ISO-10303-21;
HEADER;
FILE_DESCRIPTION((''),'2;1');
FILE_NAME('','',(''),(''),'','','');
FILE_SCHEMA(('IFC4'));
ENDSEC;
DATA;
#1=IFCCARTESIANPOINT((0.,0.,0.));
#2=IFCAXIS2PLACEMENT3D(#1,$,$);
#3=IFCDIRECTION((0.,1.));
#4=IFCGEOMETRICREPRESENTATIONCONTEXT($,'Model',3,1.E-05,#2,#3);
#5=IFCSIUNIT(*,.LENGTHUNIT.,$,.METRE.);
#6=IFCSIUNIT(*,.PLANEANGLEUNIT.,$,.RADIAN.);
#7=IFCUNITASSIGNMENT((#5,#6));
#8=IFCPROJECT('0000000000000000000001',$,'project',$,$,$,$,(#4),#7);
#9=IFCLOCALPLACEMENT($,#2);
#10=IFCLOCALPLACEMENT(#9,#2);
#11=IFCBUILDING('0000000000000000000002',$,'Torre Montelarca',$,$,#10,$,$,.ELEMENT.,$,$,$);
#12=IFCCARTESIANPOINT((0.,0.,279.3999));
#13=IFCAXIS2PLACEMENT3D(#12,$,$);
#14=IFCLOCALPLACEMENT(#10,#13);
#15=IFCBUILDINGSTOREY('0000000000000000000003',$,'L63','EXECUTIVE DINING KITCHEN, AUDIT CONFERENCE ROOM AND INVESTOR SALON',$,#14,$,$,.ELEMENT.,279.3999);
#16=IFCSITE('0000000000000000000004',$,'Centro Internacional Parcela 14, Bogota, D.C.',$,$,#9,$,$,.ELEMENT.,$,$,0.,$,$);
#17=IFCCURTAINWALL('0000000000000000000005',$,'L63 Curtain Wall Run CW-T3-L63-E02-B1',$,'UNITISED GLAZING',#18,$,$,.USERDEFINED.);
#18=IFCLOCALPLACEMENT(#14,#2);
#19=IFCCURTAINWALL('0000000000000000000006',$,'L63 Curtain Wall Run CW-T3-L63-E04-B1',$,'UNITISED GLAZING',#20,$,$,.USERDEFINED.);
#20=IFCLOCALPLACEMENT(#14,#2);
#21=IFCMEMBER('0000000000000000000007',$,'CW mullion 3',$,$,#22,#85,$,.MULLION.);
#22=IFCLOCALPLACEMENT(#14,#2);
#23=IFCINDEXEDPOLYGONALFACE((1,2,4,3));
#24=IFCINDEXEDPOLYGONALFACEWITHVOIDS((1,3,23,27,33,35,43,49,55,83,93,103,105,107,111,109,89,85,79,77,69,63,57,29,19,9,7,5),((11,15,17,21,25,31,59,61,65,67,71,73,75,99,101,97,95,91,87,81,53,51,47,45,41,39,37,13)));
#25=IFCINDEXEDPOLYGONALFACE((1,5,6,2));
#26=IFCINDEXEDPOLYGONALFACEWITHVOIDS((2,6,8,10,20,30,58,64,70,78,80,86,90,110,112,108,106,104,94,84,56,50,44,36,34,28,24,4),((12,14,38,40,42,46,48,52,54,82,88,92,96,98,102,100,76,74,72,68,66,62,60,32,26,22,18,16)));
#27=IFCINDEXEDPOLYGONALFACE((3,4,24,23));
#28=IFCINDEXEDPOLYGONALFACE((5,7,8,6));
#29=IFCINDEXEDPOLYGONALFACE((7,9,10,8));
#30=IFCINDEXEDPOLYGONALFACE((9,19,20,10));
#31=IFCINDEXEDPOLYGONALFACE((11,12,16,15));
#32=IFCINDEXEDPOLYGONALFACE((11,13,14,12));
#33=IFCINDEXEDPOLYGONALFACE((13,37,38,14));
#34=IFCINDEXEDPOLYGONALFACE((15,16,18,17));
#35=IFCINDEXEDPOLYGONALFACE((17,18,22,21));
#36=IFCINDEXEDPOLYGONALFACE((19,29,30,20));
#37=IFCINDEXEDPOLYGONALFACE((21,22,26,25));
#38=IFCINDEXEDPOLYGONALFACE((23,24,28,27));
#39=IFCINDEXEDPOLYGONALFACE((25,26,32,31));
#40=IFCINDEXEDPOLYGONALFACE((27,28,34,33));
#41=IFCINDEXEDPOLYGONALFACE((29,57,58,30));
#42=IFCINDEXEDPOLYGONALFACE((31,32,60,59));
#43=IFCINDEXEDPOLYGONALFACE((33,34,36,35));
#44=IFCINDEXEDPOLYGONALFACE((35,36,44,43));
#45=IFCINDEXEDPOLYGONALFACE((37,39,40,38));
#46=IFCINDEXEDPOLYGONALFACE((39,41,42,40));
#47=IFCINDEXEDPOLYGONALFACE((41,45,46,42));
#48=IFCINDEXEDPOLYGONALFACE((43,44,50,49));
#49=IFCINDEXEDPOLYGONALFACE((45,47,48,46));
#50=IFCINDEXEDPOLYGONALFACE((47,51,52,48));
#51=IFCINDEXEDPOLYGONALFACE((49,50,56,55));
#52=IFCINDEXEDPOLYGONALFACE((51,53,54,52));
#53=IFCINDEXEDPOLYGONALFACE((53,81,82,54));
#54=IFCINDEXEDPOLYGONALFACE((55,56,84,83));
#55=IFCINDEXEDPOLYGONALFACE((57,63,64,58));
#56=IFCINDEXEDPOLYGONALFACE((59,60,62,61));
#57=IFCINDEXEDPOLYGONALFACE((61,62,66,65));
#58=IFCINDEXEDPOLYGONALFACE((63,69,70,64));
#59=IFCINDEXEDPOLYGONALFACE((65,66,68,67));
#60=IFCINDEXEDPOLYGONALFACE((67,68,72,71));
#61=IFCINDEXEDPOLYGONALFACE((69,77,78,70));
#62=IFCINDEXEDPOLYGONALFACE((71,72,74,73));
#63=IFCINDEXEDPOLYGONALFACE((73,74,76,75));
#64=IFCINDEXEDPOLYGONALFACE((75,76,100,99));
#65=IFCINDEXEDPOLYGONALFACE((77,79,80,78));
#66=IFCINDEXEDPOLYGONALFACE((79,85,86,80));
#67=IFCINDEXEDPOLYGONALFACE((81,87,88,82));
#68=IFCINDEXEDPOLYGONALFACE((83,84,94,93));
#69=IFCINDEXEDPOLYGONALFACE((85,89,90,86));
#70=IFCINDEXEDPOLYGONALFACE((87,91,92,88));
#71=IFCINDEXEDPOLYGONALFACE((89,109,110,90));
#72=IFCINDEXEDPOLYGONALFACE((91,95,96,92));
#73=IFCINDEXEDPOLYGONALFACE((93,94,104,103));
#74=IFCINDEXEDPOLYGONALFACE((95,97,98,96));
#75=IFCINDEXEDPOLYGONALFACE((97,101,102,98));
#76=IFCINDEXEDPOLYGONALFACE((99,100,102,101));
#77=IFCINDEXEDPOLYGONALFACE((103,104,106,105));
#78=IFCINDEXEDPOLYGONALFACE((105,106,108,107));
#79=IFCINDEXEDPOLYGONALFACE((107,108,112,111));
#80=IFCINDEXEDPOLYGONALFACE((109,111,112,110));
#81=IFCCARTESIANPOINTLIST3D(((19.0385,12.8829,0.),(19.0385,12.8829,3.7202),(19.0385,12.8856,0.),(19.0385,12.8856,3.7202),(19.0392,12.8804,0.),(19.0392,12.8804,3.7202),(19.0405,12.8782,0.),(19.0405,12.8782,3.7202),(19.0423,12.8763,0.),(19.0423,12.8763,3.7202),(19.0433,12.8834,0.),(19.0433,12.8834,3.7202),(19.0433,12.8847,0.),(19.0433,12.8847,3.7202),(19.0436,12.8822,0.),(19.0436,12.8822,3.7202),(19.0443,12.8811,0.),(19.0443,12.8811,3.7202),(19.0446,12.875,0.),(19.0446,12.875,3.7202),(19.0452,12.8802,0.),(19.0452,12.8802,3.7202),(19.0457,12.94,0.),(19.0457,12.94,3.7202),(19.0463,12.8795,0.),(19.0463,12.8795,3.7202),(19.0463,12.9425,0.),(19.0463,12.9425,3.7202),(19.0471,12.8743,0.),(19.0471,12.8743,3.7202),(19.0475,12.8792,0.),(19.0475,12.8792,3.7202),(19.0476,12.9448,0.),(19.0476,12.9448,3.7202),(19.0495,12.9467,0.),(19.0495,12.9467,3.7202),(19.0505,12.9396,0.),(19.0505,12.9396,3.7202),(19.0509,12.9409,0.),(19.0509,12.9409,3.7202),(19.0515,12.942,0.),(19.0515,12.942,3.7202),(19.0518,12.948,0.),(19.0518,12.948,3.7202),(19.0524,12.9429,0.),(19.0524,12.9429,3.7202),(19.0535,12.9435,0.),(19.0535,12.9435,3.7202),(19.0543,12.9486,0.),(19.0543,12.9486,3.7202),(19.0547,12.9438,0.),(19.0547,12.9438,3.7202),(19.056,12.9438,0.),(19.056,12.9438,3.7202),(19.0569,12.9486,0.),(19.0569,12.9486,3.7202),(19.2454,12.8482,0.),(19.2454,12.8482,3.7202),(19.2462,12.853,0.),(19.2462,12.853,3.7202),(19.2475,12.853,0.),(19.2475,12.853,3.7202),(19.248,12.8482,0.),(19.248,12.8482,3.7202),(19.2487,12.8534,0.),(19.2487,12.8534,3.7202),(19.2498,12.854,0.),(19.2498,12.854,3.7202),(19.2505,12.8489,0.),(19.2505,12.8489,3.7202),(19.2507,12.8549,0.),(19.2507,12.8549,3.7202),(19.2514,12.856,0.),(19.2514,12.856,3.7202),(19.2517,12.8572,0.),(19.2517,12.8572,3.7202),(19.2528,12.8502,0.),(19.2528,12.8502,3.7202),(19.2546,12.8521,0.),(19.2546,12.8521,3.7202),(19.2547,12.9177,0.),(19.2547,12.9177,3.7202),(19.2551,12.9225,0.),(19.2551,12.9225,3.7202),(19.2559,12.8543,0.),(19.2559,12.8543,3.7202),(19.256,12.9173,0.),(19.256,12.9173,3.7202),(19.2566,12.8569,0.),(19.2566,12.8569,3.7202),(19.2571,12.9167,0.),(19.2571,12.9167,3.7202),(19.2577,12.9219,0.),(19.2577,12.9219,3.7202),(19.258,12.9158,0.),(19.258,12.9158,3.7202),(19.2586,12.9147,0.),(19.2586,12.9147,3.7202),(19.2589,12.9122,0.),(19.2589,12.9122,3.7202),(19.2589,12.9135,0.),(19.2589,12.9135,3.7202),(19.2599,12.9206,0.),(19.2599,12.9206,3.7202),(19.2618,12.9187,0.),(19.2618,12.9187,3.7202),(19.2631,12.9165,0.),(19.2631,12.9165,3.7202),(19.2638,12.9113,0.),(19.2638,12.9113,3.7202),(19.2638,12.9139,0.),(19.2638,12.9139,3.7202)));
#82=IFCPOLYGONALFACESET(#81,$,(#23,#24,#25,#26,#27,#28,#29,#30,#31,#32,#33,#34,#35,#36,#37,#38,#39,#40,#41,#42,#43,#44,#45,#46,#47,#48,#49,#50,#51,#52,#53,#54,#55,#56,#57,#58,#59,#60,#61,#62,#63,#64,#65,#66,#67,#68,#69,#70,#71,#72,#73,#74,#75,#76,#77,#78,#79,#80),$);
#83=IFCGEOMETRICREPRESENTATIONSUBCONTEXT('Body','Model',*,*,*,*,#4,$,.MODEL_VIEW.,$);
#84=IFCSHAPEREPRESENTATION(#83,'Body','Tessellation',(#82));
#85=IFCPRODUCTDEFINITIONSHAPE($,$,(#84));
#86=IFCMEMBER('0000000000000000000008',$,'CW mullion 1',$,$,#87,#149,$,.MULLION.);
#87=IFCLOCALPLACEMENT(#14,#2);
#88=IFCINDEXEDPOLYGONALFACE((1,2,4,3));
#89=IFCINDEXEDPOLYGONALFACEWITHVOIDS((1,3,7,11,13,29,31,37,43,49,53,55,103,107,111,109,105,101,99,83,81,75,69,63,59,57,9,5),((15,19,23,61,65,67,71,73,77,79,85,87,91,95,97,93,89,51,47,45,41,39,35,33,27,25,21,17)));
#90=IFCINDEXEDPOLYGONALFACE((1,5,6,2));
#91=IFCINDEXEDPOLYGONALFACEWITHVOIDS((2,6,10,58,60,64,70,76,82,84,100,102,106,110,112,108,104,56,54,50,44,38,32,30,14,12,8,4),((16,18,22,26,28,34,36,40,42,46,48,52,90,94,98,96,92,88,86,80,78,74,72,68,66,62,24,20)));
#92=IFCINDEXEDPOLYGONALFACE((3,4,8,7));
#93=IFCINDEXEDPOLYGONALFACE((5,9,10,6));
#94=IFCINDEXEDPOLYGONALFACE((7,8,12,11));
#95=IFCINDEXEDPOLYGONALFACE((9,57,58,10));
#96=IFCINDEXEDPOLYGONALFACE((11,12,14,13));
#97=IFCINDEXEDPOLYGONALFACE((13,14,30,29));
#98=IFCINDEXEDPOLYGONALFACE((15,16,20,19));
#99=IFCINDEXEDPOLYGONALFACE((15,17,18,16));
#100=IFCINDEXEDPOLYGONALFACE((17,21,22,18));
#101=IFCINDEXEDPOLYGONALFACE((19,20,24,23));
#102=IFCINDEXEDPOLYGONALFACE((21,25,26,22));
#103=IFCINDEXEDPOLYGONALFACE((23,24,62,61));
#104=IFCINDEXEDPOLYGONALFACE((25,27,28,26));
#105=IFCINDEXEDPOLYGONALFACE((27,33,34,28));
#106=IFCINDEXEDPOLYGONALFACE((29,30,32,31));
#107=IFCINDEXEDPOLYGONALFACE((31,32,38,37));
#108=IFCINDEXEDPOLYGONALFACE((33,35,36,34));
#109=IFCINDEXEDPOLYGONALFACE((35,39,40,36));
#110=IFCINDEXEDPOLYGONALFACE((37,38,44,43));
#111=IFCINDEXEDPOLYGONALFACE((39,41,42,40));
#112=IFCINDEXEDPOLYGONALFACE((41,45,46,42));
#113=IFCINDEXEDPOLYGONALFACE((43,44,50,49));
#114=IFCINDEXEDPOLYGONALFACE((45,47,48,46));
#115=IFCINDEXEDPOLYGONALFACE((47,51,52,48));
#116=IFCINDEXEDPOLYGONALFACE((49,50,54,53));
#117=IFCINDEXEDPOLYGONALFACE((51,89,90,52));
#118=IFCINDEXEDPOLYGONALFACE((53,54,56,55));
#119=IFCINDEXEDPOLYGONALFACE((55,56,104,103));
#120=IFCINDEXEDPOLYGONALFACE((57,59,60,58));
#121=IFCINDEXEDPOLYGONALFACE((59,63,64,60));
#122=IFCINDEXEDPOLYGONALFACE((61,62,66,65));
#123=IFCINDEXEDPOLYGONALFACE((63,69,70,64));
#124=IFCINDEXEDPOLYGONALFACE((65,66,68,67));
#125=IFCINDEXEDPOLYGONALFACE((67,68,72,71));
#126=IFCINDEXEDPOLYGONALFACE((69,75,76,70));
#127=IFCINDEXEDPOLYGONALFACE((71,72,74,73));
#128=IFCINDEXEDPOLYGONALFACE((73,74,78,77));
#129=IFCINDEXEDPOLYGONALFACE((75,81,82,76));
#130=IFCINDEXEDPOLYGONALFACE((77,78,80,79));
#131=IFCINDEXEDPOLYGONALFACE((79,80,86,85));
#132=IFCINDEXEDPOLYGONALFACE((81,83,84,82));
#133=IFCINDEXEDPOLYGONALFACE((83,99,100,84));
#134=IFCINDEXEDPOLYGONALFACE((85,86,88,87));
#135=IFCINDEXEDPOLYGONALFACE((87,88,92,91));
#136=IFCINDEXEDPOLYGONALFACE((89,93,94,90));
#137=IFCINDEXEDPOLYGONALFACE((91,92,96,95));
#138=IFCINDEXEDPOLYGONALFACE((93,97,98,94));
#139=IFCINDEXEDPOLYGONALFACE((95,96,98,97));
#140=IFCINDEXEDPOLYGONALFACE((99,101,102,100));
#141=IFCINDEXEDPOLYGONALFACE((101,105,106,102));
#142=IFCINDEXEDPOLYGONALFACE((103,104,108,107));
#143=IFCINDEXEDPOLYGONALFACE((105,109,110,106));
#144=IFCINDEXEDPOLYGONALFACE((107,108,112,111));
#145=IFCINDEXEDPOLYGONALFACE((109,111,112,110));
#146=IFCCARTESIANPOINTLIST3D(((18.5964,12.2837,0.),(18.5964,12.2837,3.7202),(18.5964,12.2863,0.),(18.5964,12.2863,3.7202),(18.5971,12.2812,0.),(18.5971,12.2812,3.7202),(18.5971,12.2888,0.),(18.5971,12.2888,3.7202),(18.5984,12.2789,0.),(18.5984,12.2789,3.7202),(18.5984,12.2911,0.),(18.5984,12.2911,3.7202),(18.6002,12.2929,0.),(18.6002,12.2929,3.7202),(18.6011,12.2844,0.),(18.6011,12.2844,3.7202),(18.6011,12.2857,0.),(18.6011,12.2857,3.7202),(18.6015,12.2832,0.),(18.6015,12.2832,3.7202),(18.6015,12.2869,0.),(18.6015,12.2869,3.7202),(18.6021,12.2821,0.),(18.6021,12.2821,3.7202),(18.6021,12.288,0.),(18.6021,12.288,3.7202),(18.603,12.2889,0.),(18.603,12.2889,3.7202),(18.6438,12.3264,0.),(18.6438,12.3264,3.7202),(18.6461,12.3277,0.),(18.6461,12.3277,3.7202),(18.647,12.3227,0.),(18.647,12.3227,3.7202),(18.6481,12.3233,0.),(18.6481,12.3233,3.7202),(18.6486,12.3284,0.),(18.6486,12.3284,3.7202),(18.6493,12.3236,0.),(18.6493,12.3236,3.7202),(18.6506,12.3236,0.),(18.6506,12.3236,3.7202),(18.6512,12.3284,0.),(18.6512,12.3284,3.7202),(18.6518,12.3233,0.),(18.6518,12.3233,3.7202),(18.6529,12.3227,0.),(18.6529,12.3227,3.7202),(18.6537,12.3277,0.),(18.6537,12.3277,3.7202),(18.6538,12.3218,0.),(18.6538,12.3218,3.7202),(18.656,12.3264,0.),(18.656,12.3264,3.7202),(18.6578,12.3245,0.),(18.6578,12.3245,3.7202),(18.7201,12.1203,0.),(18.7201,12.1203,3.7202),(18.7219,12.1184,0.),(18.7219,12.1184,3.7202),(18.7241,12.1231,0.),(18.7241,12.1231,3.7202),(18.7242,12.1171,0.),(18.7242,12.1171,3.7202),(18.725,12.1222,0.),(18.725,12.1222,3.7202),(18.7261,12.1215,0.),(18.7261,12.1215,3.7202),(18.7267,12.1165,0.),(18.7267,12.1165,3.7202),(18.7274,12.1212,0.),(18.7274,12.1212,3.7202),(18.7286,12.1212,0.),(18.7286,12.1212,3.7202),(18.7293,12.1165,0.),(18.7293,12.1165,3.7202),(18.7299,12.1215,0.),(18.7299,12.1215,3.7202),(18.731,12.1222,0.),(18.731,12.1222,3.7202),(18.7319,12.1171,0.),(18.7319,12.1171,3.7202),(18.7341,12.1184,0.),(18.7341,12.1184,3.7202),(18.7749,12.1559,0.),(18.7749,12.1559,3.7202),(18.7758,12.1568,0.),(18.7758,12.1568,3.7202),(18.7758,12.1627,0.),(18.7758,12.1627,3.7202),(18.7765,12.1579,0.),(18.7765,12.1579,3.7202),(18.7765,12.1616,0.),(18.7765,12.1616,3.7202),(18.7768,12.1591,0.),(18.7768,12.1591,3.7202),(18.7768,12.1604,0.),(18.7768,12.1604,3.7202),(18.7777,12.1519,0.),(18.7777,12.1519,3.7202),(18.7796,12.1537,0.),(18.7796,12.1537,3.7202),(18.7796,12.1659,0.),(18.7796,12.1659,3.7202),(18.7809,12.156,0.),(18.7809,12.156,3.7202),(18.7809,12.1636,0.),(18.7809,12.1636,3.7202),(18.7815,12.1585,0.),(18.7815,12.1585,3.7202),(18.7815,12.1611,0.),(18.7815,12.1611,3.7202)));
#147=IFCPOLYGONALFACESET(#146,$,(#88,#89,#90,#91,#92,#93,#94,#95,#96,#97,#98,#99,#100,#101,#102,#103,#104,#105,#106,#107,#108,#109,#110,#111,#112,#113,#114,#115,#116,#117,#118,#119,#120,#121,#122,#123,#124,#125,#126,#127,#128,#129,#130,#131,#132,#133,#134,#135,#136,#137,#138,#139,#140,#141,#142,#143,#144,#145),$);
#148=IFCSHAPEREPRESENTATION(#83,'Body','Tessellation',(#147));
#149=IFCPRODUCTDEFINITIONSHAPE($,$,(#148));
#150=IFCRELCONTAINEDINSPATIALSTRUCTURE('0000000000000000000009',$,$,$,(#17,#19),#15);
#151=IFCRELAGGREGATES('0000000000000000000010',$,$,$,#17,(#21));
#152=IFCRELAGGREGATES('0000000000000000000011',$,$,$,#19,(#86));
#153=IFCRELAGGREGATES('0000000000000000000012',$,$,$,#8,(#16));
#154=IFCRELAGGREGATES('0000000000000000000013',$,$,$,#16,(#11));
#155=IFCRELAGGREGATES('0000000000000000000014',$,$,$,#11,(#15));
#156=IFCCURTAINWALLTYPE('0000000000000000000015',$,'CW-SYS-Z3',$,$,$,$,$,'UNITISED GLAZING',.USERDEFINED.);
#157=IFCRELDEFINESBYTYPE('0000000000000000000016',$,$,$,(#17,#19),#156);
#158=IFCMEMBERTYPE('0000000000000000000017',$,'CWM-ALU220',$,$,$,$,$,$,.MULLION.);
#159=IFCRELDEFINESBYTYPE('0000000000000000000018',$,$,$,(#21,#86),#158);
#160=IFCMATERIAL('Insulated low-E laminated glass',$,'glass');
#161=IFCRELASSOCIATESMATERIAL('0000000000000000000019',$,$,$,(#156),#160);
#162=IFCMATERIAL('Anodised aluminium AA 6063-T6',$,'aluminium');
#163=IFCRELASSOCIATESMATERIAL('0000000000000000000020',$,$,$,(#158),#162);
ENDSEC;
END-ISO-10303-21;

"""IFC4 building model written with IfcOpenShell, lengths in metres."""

from ifc_helpers import new_model, si_unit, direction, frame, origin, origin_2d, place, context, subcontext, project, spatial, hollow_rectangle, extrude, source, transform, mapped, material, material_profile, profile_set, type_object, element, aggregate, save


model = new_model("IFC4")

# Units and contexts
model_context = context("Model", 3, precision=1e-05, world=origin(), true_north=direction((0.0, 1.0)))
body_context = subcontext(model_context, "Body", "Model", "MODEL_VIEW")
ifc_project = project(units=[si_unit("LENGTHUNIT", "METRE"), si_unit("PLANEANGLEUNIT", "RADIAN")], contexts=[model_context])

# Site, building, storey
site_placement = place(None, origin())
site = spatial("IfcSite", under=ifc_project, at=site_placement, Name="Centro Internacional Parcela 14, Bogota, D.C.", CompositionType="ELEMENT", RefElevation=0.0)
building_placement = place(site_placement, origin())
building = spatial("IfcBuilding", under=site, at=building_placement, Name="Torre Montelarca", CompositionType="ELEMENT")
storey_placement = place(building_placement, frame((0.0, 0.0, 279.3999)))
storey = spatial("IfcBuildingStorey", under=building, at=storey_placement, Name="L63", Description="EXECUTIVE DINING KITCHEN, AUDIT CONFERENCE ROOM AND INVESTOR SALON", CompositionType="ELEMENT", Elevation=279.3999)

# Curtain walls
ifc_material_1 = material(Name="Insulated low-E laminated glass", Category="glass")
curtain_wall_type = type_object("IfcCurtainWallType", Name="CW-SYS-Z3", ElementType="UNITISED GLAZING", PredefinedType="USERDEFINED", material=ifc_material_1)
curtain_wall_1_placement = place(storey_placement, origin())
curtain_wall_1 = element("IfcCurtainWall", 1, at=curtain_wall_1_placement, inside=storey, type_object=curtain_wall_type, Name="L63 Curtain Wall Run CW-T3-L63-E02-B1", ObjectType="UNITISED GLAZING", PredefinedType="USERDEFINED")
ifc_material_2 = material(Name="Anodised aluminium AA 6063-T6", Category="aluminium")
curtain_wall_2_placement = place(storey_placement, origin())
curtain_wall_2 = element("IfcCurtainWall", 2, at=curtain_wall_2_placement, inside=storey, type_object=curtain_wall_type, Name="L63 Curtain Wall Run CW-T3-L63-E04-B1", ObjectType="UNITISED GLAZING", PredefinedType="USERDEFINED")

# Members
ifc_material_profile_1 = material_profile(ifc_material_2, hollow_rectangle(XDim=0.075, YDim=0.22, WallThickness=0.0049, InnerFilletRadius=0.0049, OuterFilletRadius=0.01, at=origin_2d()), Name="ALU75X220X5", Category="aluminium")
ifc_profile_set_1 = profile_set([ifc_material_profile_1], Name="Anodised aluminium AA 6063-T6")
member_type_1 = type_object("IfcMemberType", Name="CWM-ALU220", PredefinedType="MULLION", material=ifc_profile_set_1)
shared_shape_1 = source(origin(), body_context, "Body", "SweptSolid", [
    extrude(hollow_rectangle(XDim=0.075, YDim=0.22, WallThickness=0.0049, InnerFilletRadius=0.0049, OuterFilletRadius=0.01, at=origin_2d()), origin(), (0.0, 0.0, 1.0), 3.7202),
])
member_1_placement = place(storey_placement, frame((19.1511, 12.8984, 0.0), z_axis=(0.0, 0.0, 1.0), x_axis=(0.130515, 0.991446, 0.0)))
member_1 = element("IfcMember", 3, at=member_1_placement, type_object=member_type_1, Name="CW mullion 3", PredefinedType="MULLION", context=body_context, shape_type="MappedRepresentation", body=[
    mapped(shared_shape_1, transform((0.0, 0.0, 0.0), scale=1.0)),
])
member_2_placement = place(storey_placement, frame((18.689, 12.2224, 0.0), z_axis=(0.0, 0.0, 1.0), x_axis=(0.793353, 0.608762, 0.0)))
member_2 = element("IfcMember", 4, at=member_2_placement, type_object=member_type_1, Name="CW mullion 1", PredefinedType="MULLION", context=body_context, shape_type="MappedRepresentation", body=[
    mapped(shared_shape_1, transform((0.0, 0.0, 0.0), scale=1.0)),
])

aggregate(curtain_wall_1, [member_1])
aggregate(curtain_wall_2, [member_2])

save(model, "model.ifc")
